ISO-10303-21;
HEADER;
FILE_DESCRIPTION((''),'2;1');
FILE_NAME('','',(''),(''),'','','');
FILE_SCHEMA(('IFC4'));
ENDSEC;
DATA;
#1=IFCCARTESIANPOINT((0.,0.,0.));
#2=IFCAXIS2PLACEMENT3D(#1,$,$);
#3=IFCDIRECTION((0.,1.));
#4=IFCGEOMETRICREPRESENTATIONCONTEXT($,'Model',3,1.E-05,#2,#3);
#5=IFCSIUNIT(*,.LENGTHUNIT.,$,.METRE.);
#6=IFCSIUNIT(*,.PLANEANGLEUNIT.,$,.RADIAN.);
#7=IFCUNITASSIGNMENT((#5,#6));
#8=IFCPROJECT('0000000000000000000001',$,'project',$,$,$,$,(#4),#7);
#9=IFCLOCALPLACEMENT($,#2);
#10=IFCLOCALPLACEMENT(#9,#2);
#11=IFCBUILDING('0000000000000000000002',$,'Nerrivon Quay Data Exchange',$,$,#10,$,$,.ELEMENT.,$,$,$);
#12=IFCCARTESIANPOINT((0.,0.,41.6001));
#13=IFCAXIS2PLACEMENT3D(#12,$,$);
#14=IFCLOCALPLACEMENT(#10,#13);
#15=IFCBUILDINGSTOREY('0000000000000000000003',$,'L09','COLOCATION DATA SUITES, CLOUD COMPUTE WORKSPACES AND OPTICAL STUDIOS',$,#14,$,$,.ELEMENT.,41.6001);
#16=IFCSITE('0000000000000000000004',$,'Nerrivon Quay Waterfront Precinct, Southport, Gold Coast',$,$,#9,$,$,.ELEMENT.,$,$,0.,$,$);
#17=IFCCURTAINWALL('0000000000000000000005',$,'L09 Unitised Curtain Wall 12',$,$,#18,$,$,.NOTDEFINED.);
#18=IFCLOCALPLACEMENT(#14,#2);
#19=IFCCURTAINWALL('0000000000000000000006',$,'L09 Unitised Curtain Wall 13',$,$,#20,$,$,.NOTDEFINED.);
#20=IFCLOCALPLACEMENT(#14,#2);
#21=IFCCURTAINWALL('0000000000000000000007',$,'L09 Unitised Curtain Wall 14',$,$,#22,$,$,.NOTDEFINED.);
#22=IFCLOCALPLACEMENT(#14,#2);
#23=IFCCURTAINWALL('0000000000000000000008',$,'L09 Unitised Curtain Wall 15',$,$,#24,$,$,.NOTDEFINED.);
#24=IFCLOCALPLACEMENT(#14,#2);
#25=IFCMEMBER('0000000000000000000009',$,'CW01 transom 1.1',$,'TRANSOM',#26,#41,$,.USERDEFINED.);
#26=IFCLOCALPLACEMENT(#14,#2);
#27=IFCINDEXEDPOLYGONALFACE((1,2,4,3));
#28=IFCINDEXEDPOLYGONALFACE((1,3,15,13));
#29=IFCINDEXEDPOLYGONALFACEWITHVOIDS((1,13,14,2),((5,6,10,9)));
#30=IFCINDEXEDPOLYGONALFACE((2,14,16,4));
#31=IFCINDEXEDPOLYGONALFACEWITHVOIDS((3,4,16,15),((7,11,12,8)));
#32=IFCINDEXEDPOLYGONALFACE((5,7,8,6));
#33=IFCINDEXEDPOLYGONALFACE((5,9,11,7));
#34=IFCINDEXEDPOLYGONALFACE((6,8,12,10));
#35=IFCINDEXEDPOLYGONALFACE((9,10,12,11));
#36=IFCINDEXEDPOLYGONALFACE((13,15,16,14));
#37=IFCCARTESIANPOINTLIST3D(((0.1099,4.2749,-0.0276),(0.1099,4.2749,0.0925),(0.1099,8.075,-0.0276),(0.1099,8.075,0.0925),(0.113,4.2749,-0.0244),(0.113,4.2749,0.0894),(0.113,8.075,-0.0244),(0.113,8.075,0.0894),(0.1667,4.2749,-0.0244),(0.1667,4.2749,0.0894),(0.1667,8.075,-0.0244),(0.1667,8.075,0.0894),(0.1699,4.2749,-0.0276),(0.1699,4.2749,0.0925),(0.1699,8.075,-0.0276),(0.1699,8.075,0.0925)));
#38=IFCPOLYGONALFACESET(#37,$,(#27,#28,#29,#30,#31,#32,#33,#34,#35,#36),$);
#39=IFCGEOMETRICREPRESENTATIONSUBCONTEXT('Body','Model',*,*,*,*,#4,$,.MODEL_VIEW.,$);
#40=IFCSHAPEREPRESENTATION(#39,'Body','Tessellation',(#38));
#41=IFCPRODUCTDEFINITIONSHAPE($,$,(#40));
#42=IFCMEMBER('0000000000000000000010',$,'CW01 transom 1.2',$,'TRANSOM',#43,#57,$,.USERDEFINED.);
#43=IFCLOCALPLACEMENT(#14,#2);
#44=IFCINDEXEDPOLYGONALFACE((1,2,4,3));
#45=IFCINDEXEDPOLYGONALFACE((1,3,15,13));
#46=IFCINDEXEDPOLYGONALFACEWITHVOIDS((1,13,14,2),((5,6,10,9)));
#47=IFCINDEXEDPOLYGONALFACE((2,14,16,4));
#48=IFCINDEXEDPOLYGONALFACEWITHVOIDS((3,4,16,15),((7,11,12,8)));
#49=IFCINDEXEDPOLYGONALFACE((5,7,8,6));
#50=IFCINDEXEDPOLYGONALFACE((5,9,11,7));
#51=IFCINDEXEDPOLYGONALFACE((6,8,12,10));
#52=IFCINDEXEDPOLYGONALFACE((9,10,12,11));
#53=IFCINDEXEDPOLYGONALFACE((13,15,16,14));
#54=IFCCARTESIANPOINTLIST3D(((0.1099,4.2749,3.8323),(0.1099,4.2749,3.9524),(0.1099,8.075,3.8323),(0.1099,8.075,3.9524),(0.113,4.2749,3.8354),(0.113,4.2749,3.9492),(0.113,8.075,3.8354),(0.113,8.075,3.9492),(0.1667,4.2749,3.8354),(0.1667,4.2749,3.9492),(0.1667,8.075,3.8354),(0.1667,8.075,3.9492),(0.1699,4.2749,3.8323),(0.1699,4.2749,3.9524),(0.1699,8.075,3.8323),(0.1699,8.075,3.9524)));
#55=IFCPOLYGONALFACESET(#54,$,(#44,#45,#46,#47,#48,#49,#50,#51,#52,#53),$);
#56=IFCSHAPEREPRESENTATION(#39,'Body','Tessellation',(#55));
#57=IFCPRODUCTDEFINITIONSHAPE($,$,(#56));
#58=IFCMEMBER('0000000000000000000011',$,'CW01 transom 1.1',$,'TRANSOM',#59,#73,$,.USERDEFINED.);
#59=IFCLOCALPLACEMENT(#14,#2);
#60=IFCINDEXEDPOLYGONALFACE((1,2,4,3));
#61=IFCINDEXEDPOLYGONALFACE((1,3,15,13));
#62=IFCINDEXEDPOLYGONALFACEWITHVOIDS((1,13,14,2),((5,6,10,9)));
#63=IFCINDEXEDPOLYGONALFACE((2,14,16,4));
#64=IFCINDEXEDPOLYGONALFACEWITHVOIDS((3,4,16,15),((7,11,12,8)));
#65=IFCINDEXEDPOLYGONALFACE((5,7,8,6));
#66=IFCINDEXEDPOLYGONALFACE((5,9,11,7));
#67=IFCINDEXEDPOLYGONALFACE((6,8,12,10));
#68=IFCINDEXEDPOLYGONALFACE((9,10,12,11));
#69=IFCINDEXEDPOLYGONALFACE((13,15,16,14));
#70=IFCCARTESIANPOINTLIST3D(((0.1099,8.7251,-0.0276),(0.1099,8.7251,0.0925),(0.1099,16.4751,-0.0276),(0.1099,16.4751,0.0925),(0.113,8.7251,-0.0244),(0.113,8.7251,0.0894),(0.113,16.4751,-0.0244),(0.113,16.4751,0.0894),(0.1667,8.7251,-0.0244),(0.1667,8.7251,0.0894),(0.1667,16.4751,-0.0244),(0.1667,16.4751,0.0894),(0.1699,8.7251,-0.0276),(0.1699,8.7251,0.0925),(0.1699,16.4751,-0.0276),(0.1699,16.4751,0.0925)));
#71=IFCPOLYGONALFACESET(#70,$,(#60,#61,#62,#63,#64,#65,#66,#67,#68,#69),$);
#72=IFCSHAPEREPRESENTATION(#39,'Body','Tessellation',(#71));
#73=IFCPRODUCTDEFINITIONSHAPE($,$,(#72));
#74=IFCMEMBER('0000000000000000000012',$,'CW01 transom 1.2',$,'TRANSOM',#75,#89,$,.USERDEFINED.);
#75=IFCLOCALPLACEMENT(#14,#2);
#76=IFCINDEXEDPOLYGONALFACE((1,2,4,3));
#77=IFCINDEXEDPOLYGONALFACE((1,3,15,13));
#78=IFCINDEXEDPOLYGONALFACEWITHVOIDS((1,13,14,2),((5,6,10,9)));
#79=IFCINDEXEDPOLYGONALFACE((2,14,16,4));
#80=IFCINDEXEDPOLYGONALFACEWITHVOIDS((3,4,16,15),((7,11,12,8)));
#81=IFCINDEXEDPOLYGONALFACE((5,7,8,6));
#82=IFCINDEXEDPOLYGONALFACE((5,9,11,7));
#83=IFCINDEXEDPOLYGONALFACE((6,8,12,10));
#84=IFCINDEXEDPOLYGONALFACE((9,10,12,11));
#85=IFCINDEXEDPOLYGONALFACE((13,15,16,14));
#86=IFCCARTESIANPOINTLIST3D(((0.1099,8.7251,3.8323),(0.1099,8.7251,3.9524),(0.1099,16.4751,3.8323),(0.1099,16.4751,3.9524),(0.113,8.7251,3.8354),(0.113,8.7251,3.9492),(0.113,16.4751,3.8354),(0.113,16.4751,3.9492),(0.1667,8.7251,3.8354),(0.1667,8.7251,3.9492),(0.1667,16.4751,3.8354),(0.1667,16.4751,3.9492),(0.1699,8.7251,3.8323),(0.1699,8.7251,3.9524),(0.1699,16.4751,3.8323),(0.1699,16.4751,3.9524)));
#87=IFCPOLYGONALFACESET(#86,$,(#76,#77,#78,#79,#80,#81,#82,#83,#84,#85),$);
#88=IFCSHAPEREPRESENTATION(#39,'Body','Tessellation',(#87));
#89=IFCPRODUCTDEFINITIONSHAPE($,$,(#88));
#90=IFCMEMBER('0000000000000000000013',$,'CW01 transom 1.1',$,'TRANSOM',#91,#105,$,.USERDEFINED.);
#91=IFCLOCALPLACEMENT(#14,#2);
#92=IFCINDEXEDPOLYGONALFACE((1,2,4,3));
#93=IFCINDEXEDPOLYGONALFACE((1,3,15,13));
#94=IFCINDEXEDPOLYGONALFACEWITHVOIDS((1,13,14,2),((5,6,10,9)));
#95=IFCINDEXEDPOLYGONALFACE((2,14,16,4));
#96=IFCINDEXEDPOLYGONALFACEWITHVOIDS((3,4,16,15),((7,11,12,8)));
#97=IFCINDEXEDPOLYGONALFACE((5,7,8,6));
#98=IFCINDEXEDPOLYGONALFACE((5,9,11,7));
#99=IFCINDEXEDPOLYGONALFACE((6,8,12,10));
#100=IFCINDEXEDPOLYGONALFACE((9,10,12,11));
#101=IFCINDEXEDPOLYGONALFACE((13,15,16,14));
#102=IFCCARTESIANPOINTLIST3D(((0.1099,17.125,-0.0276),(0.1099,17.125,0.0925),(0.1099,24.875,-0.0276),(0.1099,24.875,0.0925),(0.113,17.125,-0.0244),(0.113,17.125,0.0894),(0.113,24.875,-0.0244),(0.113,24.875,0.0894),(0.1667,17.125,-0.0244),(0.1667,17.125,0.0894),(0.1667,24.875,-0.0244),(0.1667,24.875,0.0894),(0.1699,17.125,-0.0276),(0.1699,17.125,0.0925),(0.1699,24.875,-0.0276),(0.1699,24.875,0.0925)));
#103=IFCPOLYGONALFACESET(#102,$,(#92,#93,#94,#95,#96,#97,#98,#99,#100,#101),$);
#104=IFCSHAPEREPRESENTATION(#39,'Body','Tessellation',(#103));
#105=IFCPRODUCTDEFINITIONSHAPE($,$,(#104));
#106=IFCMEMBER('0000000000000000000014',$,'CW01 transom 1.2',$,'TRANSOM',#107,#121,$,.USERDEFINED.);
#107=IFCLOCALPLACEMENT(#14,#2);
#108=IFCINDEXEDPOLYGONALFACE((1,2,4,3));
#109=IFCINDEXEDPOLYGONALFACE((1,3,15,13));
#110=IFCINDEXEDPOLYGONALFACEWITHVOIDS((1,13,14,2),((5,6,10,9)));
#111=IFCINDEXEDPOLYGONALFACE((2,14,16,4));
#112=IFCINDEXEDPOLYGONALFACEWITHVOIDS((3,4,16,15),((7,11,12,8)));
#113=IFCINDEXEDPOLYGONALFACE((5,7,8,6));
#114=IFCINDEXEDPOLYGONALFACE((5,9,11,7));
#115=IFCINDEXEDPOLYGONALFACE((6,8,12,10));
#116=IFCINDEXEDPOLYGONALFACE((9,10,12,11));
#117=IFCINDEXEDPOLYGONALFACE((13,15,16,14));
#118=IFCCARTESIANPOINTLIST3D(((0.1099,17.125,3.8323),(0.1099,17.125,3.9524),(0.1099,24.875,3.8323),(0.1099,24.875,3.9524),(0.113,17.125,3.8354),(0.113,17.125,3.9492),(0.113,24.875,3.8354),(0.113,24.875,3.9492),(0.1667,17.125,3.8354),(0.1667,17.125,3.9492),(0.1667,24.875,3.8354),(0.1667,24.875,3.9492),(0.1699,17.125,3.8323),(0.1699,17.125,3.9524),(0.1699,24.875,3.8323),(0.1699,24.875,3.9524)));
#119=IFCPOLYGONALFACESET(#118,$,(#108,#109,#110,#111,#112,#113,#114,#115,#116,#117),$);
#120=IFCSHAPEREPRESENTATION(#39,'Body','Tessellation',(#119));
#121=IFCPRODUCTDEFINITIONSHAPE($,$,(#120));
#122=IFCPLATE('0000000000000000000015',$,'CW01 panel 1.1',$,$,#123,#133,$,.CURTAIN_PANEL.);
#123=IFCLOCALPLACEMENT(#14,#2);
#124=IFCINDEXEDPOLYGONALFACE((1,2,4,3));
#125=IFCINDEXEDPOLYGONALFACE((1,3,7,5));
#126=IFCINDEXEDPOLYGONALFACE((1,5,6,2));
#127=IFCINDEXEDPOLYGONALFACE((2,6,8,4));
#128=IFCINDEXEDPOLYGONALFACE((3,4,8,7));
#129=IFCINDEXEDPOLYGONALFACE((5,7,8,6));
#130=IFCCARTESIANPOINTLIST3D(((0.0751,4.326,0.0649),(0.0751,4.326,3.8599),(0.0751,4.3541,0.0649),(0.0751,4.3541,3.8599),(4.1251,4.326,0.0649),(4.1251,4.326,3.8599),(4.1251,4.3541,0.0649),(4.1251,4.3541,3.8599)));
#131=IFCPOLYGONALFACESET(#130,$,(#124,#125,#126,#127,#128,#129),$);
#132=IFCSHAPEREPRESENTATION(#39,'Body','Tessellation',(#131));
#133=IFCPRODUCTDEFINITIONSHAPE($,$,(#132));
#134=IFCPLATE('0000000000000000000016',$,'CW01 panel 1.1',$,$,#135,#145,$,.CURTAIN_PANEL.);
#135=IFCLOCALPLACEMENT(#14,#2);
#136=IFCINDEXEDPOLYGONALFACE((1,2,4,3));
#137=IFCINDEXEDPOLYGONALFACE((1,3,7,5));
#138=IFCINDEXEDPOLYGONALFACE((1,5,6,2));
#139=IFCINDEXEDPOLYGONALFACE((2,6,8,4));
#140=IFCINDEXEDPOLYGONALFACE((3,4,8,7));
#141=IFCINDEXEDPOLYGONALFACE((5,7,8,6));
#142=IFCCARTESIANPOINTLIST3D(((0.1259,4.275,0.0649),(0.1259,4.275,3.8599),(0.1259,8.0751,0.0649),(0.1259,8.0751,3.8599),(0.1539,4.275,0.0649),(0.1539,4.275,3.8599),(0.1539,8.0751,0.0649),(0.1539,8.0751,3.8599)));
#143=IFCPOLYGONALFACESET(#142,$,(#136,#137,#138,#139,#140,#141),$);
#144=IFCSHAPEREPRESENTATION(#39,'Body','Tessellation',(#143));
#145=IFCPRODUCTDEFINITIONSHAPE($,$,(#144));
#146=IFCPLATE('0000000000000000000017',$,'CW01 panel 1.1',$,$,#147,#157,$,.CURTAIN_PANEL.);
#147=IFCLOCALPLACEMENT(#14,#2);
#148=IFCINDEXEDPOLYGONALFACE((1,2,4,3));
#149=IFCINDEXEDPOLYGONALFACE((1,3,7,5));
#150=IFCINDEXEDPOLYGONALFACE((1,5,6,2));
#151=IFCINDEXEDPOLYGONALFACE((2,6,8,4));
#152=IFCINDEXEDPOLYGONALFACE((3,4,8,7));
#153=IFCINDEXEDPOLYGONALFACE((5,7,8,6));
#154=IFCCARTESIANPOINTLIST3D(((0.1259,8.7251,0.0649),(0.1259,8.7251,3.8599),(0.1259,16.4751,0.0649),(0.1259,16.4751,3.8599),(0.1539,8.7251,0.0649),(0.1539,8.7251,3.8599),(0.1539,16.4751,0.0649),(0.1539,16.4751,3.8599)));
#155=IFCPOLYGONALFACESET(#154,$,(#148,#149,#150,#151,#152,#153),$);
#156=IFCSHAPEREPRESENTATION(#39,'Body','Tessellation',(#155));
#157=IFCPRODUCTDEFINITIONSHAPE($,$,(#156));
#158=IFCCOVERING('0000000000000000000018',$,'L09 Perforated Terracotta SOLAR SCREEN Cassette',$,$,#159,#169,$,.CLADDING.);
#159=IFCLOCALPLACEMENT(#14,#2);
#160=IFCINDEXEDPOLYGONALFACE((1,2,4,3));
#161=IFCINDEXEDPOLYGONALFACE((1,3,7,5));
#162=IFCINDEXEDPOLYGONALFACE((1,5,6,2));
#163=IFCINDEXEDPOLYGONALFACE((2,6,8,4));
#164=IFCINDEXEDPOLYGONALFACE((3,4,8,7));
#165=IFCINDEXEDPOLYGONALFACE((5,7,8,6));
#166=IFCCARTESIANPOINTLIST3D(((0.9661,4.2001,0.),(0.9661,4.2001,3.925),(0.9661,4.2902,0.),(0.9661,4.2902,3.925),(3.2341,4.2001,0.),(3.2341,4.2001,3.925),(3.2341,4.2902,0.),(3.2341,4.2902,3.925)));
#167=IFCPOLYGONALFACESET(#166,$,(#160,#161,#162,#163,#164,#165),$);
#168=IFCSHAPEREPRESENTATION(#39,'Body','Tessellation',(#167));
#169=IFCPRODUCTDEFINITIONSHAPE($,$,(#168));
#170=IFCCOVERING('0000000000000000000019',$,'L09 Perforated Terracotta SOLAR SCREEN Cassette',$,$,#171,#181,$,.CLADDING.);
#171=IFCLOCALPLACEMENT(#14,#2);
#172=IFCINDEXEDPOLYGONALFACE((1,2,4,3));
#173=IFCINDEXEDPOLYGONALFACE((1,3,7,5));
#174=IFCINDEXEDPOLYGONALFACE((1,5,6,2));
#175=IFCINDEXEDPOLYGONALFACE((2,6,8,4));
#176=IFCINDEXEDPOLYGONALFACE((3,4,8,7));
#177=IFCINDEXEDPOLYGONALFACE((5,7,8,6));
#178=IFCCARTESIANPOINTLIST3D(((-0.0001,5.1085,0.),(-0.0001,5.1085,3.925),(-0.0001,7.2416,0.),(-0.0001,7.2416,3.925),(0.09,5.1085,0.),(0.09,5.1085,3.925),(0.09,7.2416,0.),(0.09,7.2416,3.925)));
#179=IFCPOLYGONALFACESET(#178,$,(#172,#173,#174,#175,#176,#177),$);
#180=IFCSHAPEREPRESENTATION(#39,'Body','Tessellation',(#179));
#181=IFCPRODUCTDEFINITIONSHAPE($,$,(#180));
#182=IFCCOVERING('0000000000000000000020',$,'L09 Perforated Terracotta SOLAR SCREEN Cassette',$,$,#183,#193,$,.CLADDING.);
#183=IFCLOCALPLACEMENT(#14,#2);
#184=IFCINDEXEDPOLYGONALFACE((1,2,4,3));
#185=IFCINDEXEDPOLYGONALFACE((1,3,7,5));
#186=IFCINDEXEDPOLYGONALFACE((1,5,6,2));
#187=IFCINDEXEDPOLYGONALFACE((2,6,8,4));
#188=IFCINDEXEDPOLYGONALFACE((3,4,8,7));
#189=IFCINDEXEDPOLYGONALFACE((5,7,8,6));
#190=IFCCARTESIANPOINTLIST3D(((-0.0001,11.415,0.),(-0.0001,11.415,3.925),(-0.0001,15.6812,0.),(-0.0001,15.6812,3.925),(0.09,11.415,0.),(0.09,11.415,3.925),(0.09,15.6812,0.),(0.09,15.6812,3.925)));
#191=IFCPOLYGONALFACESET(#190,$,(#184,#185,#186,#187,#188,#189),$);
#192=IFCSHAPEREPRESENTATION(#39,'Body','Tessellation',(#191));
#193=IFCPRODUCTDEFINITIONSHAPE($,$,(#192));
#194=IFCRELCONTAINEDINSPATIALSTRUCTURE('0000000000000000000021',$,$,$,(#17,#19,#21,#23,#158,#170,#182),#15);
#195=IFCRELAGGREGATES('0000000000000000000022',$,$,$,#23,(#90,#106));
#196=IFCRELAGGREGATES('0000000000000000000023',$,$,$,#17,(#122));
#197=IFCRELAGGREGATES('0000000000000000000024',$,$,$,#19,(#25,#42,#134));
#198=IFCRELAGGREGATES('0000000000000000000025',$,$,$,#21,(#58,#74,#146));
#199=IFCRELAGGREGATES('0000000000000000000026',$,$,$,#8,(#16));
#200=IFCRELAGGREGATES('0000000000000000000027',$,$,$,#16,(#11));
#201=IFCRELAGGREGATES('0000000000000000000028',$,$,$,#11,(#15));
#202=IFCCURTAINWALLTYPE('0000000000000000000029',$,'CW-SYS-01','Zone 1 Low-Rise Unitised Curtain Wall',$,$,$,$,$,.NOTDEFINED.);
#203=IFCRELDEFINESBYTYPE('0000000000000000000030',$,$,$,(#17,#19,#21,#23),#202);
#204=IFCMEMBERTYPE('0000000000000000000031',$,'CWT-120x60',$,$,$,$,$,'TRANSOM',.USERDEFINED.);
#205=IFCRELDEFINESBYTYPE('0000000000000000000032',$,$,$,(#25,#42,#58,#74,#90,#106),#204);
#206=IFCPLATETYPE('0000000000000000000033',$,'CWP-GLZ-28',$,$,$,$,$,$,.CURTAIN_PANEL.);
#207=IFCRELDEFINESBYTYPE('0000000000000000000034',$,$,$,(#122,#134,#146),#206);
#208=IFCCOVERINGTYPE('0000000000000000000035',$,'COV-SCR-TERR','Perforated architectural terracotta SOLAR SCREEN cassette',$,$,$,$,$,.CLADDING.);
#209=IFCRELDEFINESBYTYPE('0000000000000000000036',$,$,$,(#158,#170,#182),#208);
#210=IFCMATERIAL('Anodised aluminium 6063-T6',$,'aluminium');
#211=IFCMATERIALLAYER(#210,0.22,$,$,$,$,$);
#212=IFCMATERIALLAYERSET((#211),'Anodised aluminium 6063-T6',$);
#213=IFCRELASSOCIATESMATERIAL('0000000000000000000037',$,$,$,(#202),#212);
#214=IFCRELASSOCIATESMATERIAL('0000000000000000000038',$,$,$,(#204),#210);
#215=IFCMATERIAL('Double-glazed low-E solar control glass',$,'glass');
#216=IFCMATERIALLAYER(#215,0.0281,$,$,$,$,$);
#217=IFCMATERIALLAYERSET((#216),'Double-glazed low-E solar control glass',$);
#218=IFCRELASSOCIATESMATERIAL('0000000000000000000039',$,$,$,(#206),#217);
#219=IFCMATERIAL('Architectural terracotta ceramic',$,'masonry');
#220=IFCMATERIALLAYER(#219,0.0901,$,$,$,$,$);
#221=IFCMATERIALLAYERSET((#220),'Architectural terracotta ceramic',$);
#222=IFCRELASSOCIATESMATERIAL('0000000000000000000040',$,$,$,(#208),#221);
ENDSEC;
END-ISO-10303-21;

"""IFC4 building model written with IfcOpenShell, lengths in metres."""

from ifc_helpers import new_model, si_unit, direction, frame, origin, origin_2d, place, context, subcontext, project, spatial, rectangle, hollow_rectangle, extrude, material, layer, layer_set, material_profile, profile_set, type_object, element, aggregate, save


model = new_model("IFC4")

# Units and contexts
model_context = context("Model", 3, precision=1e-05, world=origin(), true_north=direction((0.0, 1.0)))
body_context = subcontext(model_context, "Body", "Model", "MODEL_VIEW")
ifc_project = project(units=[si_unit("LENGTHUNIT", "METRE"), si_unit("PLANEANGLEUNIT", "RADIAN")], contexts=[model_context])

# Site, building, storey
site_placement = place(None, origin())
site = spatial("IfcSite", under=ifc_project, at=site_placement, Name="Nerrivon Quay Waterfront Precinct, Southport, Gold Coast", CompositionType="ELEMENT", RefElevation=0.0)
building_placement = place(site_placement, origin())
building = spatial("IfcBuilding", under=site, at=building_placement, Name="Nerrivon Quay Data Exchange", CompositionType="ELEMENT")
storey_placement = place(building_placement, frame((0.0, 0.0, 41.6001)))
storey = spatial("IfcBuildingStorey", under=building, at=storey_placement, Name="L09", Description="COLOCATION DATA SUITES, CLOUD COMPUTE WORKSPACES AND OPTICAL STUDIOS", CompositionType="ELEMENT", Elevation=41.6001)

# Curtain wall
ifc_material_1 = material(Name="Anodised aluminium 6063-T6", Category="aluminium")
ifc_layer_1 = layer(ifc_material_1, 0.22)
ifc_layer_set_1 = layer_set([ifc_layer_1], Name="Anodised aluminium 6063-T6")
curtain_wall_type = type_object("IfcCurtainWallType", Name="CW-SYS-01", Description="Zone 1 Low-Rise Unitised Curtain Wall", PredefinedType="NOTDEFINED", material=ifc_layer_set_1)
curtain_wall_1_placement = place(storey_placement, origin())
curtain_wall_1 = element("IfcCurtainWall", 1, at=curtain_wall_1_placement, inside=storey, type_object=curtain_wall_type, Name="L09 Unitised Curtain Wall 12", PredefinedType="NOTDEFINED")

# Curtain walls
curtain_wall_2_placement = place(storey_placement, origin())
curtain_wall_2 = element("IfcCurtainWall", 2, at=curtain_wall_2_placement, inside=storey, type_object=curtain_wall_type, Name="L09 Unitised Curtain Wall 13", PredefinedType="NOTDEFINED")
curtain_wall_3_placement = place(storey_placement, origin())
curtain_wall_3 = element("IfcCurtainWall", 3, at=curtain_wall_3_placement, inside=storey, type_object=curtain_wall_type, Name="L09 Unitised Curtain Wall 14", PredefinedType="NOTDEFINED")

# Curtain wall
curtain_wall_4_placement = place(storey_placement, origin())
curtain_wall_4 = element("IfcCurtainWall", 4, at=curtain_wall_4_placement, inside=storey, type_object=curtain_wall_type, Name="L09 Unitised Curtain Wall 15", PredefinedType="NOTDEFINED")

# Members
ifc_material_profile_1 = material_profile(ifc_material_1, hollow_rectangle(XDim=0.0601, YDim=0.1201, WallThickness=0.0032, at=origin_2d()), Name="ALU-TRAN-120x60")
ifc_profile_set_1 = profile_set([ifc_material_profile_1], Name="Anodised aluminium 6063-T6")
member_type_1 = type_object("IfcMemberType", Name="CWT-120x60", ElementType="TRANSOM", PredefinedType="USERDEFINED", material=ifc_profile_set_1)
member_1_placement = place(storey_placement, frame((0.1399, 4.2749, 0.0325), z_axis=(0.0, 1.0, 0.0), x_axis=(-1.0, 0.0, 0.0)))
member_1 = element("IfcMember", 5, at=member_1_placement, type_object=member_type_1, Name="CW01 transom 1.1", ObjectType="TRANSOM", PredefinedType="USERDEFINED", context=body_context, shape_type="SweptSolid", body=[
    extrude(hollow_rectangle(XDim=0.0601, YDim=0.1201, WallThickness=0.0032, at=origin_2d()), origin(), (0.0, 0.0, 1.0), 3.8),
])
member_2_placement = place(storey_placement, frame((0.1399, 4.2749, 3.8923), z_axis=(0.0, 1.0, 0.0), x_axis=(-1.0, 0.0, 0.0)))
member_2 = element("IfcMember", 6, at=member_2_placement, type_object=member_type_1, Name="CW01 transom 1.2", ObjectType="TRANSOM", PredefinedType="USERDEFINED", context=body_context, shape_type="SweptSolid", body=[
    extrude(hollow_rectangle(XDim=0.0601, YDim=0.1201, WallThickness=0.0032, at=origin_2d()), origin(), (0.0, 0.0, 1.0), 3.8),
])
member_3_placement = place(storey_placement, frame((0.1399, 8.7251, 0.0325), z_axis=(0.0, 1.0, 0.0), x_axis=(-1.0, 0.0, 0.0)))
member_3 = element("IfcMember", 7, at=member_3_placement, type_object=member_type_1, Name="CW01 transom 1.1", ObjectType="TRANSOM", PredefinedType="USERDEFINED", context=body_context, shape_type="SweptSolid", body=[
    extrude(hollow_rectangle(XDim=0.0601, YDim=0.1201, WallThickness=0.0032, at=origin_2d()), origin(), (0.0, 0.0, 1.0), 7.75),
])
member_4_placement = place(storey_placement, frame((0.1399, 8.7251, 3.8923), z_axis=(0.0, 1.0, 0.0), x_axis=(-1.0, 0.0, 0.0)))
member_4 = element("IfcMember", 8, at=member_4_placement, type_object=member_type_1, Name="CW01 transom 1.2", ObjectType="TRANSOM", PredefinedType="USERDEFINED", context=body_context, shape_type="SweptSolid", body=[
    extrude(hollow_rectangle(XDim=0.0601, YDim=0.1201, WallThickness=0.0032, at=origin_2d()), origin(), (0.0, 0.0, 1.0), 7.75),
])
member_5_placement = place(storey_placement, frame((0.1399, 17.125, 0.0325), z_axis=(0.0, 1.0, 0.0), x_axis=(-1.0, 0.0, 0.0)))
member_5 = element("IfcMember", 9, at=member_5_placement, type_object=member_type_1, Name="CW01 transom 1.1", ObjectType="TRANSOM", PredefinedType="USERDEFINED", context=body_context, shape_type="SweptSolid", body=[
    extrude(hollow_rectangle(XDim=0.0601, YDim=0.1201, WallThickness=0.0032, at=origin_2d()), origin(), (0.0, 0.0, 1.0), 7.75),
])
member_6_placement = place(storey_placement, frame((0.1399, 17.125, 3.8923), z_axis=(0.0, 1.0, 0.0), x_axis=(-1.0, 0.0, 0.0)))
member_6 = element("IfcMember", 10, at=member_6_placement, type_object=member_type_1, Name="CW01 transom 1.2", ObjectType="TRANSOM", PredefinedType="USERDEFINED", context=body_context, shape_type="SweptSolid", body=[
    extrude(hollow_rectangle(XDim=0.0601, YDim=0.1201, WallThickness=0.0032, at=origin_2d()), origin(), (0.0, 0.0, 1.0), 7.75),
])
aggregate(curtain_wall_4, [member_5, member_6])

# Plates
ifc_material_2 = material(Name="Double-glazed low-E solar control glass", Category="glass")
ifc_layer_2 = layer(ifc_material_2, 0.0281)
ifc_layer_set_2 = layer_set([ifc_layer_2], Name="Double-glazed low-E solar control glass")
plate_type = type_object("IfcPlateType", Name="CWP-GLZ-28", PredefinedType="CURTAIN_PANEL", material=ifc_layer_set_2)
plate_1_placement = place(storey_placement, frame((2.1001, 4.3401, 0.0649), z_axis=(0.0, 0.0, 1.0), x_axis=(-1.0, 0.0, 0.0)))
plate_1 = element("IfcPlate", 11, at=plate_1_placement, type_object=plate_type, Name="CW01 panel 1.1", PredefinedType="CURTAIN_PANEL", context=body_context, shape_type="SweptSolid", body=[
    extrude(rectangle(XDim=4.05, YDim=0.0281, at=origin_2d()), origin(), (0.0, 0.0, 1.0), 3.7949),
])
aggregate(curtain_wall_1, [plate_1])
plate_2_placement = place(storey_placement, frame((0.1399, 6.175, 0.0649), z_axis=(0.0, 0.0, 1.0), x_axis=(0.0, 1.0, 0.0)))
plate_2 = element("IfcPlate", 12, at=plate_2_placement, type_object=plate_type, Name="CW01 panel 1.1", PredefinedType="CURTAIN_PANEL", context=body_context, shape_type="SweptSolid", body=[
    extrude(rectangle(XDim=3.8, YDim=0.0281, at=origin_2d()), origin(), (0.0, 0.0, 1.0), 3.7949),
])
aggregate(curtain_wall_2, [member_1, member_2, plate_2])
plate_3_placement = place(storey_placement, frame((0.1399, 12.6001, 0.0649), z_axis=(0.0, 0.0, 1.0), x_axis=(0.0, 1.0, 0.0)))
plate_3 = element("IfcPlate", 13, at=plate_3_placement, type_object=plate_type, Name="CW01 panel 1.1", PredefinedType="CURTAIN_PANEL", context=body_context, shape_type="SweptSolid", body=[
    extrude(rectangle(XDim=7.75, YDim=0.0281, at=origin_2d()), origin(), (0.0, 0.0, 1.0), 3.7949),
])
aggregate(curtain_wall_3, [member_3, member_4, plate_3])

# Coverings
ifc_material_3 = material(Name="Architectural terracotta ceramic", Category="masonry")
ifc_layer_3 = layer(ifc_material_3, 0.0901)
ifc_layer_set_3 = layer_set([ifc_layer_3], Name="Architectural terracotta ceramic")
covering_type = type_object("IfcCoveringType", Name="COV-SCR-TERR", Description="Perforated architectural terracotta SOLAR SCREEN cassette", PredefinedType="CLADDING", material=ifc_layer_set_3)
covering_1_placement = place(storey_placement, frame((2.1001, 4.2451, 0.0), z_axis=(0.0, 0.0, 1.0), x_axis=(-1.0, 0.0, 0.0)))
element("IfcCovering", 14, at=covering_1_placement, inside=storey, type_object=covering_type, Name="L09 Perforated Terracotta SOLAR SCREEN Cassette", PredefinedType="CLADDING", context=body_context, shape_type="SweptSolid", body=[
    extrude(rectangle(XDim=2.2681, YDim=0.0901, at=origin_2d()), origin(), (0.0, 0.0, 1.0), 3.925),
])
covering_2_placement = place(storey_placement, frame((0.0449, 6.175, 0.0), z_axis=(0.0, 0.0, 1.0), x_axis=(0.0, 1.0, 0.0)))
element("IfcCovering", 15, at=covering_2_placement, inside=storey, type_object=covering_type, Name="L09 Perforated Terracotta SOLAR SCREEN Cassette", PredefinedType="CLADDING", context=body_context, shape_type="SweptSolid", body=[
    extrude(rectangle(XDim=2.1331, YDim=0.0901, at=origin_2d()), origin(), (0.0, 0.0, 1.0), 3.925),
])
covering_3_placement = place(storey_placement, frame((0.0449, 13.5481, 0.0), z_axis=(0.0, 0.0, 1.0), x_axis=(0.0, 1.0, 0.0)))
element("IfcCovering", 16, at=covering_3_placement, inside=storey, type_object=covering_type, Name="L09 Perforated Terracotta SOLAR SCREEN Cassette", PredefinedType="CLADDING", context=body_context, shape_type="SweptSolid", body=[
    extrude(rectangle(XDim=4.2661, YDim=0.0901, at=origin_2d()), origin(), (0.0, 0.0, 1.0), 3.925),
])

save(model, "model.ifc")
